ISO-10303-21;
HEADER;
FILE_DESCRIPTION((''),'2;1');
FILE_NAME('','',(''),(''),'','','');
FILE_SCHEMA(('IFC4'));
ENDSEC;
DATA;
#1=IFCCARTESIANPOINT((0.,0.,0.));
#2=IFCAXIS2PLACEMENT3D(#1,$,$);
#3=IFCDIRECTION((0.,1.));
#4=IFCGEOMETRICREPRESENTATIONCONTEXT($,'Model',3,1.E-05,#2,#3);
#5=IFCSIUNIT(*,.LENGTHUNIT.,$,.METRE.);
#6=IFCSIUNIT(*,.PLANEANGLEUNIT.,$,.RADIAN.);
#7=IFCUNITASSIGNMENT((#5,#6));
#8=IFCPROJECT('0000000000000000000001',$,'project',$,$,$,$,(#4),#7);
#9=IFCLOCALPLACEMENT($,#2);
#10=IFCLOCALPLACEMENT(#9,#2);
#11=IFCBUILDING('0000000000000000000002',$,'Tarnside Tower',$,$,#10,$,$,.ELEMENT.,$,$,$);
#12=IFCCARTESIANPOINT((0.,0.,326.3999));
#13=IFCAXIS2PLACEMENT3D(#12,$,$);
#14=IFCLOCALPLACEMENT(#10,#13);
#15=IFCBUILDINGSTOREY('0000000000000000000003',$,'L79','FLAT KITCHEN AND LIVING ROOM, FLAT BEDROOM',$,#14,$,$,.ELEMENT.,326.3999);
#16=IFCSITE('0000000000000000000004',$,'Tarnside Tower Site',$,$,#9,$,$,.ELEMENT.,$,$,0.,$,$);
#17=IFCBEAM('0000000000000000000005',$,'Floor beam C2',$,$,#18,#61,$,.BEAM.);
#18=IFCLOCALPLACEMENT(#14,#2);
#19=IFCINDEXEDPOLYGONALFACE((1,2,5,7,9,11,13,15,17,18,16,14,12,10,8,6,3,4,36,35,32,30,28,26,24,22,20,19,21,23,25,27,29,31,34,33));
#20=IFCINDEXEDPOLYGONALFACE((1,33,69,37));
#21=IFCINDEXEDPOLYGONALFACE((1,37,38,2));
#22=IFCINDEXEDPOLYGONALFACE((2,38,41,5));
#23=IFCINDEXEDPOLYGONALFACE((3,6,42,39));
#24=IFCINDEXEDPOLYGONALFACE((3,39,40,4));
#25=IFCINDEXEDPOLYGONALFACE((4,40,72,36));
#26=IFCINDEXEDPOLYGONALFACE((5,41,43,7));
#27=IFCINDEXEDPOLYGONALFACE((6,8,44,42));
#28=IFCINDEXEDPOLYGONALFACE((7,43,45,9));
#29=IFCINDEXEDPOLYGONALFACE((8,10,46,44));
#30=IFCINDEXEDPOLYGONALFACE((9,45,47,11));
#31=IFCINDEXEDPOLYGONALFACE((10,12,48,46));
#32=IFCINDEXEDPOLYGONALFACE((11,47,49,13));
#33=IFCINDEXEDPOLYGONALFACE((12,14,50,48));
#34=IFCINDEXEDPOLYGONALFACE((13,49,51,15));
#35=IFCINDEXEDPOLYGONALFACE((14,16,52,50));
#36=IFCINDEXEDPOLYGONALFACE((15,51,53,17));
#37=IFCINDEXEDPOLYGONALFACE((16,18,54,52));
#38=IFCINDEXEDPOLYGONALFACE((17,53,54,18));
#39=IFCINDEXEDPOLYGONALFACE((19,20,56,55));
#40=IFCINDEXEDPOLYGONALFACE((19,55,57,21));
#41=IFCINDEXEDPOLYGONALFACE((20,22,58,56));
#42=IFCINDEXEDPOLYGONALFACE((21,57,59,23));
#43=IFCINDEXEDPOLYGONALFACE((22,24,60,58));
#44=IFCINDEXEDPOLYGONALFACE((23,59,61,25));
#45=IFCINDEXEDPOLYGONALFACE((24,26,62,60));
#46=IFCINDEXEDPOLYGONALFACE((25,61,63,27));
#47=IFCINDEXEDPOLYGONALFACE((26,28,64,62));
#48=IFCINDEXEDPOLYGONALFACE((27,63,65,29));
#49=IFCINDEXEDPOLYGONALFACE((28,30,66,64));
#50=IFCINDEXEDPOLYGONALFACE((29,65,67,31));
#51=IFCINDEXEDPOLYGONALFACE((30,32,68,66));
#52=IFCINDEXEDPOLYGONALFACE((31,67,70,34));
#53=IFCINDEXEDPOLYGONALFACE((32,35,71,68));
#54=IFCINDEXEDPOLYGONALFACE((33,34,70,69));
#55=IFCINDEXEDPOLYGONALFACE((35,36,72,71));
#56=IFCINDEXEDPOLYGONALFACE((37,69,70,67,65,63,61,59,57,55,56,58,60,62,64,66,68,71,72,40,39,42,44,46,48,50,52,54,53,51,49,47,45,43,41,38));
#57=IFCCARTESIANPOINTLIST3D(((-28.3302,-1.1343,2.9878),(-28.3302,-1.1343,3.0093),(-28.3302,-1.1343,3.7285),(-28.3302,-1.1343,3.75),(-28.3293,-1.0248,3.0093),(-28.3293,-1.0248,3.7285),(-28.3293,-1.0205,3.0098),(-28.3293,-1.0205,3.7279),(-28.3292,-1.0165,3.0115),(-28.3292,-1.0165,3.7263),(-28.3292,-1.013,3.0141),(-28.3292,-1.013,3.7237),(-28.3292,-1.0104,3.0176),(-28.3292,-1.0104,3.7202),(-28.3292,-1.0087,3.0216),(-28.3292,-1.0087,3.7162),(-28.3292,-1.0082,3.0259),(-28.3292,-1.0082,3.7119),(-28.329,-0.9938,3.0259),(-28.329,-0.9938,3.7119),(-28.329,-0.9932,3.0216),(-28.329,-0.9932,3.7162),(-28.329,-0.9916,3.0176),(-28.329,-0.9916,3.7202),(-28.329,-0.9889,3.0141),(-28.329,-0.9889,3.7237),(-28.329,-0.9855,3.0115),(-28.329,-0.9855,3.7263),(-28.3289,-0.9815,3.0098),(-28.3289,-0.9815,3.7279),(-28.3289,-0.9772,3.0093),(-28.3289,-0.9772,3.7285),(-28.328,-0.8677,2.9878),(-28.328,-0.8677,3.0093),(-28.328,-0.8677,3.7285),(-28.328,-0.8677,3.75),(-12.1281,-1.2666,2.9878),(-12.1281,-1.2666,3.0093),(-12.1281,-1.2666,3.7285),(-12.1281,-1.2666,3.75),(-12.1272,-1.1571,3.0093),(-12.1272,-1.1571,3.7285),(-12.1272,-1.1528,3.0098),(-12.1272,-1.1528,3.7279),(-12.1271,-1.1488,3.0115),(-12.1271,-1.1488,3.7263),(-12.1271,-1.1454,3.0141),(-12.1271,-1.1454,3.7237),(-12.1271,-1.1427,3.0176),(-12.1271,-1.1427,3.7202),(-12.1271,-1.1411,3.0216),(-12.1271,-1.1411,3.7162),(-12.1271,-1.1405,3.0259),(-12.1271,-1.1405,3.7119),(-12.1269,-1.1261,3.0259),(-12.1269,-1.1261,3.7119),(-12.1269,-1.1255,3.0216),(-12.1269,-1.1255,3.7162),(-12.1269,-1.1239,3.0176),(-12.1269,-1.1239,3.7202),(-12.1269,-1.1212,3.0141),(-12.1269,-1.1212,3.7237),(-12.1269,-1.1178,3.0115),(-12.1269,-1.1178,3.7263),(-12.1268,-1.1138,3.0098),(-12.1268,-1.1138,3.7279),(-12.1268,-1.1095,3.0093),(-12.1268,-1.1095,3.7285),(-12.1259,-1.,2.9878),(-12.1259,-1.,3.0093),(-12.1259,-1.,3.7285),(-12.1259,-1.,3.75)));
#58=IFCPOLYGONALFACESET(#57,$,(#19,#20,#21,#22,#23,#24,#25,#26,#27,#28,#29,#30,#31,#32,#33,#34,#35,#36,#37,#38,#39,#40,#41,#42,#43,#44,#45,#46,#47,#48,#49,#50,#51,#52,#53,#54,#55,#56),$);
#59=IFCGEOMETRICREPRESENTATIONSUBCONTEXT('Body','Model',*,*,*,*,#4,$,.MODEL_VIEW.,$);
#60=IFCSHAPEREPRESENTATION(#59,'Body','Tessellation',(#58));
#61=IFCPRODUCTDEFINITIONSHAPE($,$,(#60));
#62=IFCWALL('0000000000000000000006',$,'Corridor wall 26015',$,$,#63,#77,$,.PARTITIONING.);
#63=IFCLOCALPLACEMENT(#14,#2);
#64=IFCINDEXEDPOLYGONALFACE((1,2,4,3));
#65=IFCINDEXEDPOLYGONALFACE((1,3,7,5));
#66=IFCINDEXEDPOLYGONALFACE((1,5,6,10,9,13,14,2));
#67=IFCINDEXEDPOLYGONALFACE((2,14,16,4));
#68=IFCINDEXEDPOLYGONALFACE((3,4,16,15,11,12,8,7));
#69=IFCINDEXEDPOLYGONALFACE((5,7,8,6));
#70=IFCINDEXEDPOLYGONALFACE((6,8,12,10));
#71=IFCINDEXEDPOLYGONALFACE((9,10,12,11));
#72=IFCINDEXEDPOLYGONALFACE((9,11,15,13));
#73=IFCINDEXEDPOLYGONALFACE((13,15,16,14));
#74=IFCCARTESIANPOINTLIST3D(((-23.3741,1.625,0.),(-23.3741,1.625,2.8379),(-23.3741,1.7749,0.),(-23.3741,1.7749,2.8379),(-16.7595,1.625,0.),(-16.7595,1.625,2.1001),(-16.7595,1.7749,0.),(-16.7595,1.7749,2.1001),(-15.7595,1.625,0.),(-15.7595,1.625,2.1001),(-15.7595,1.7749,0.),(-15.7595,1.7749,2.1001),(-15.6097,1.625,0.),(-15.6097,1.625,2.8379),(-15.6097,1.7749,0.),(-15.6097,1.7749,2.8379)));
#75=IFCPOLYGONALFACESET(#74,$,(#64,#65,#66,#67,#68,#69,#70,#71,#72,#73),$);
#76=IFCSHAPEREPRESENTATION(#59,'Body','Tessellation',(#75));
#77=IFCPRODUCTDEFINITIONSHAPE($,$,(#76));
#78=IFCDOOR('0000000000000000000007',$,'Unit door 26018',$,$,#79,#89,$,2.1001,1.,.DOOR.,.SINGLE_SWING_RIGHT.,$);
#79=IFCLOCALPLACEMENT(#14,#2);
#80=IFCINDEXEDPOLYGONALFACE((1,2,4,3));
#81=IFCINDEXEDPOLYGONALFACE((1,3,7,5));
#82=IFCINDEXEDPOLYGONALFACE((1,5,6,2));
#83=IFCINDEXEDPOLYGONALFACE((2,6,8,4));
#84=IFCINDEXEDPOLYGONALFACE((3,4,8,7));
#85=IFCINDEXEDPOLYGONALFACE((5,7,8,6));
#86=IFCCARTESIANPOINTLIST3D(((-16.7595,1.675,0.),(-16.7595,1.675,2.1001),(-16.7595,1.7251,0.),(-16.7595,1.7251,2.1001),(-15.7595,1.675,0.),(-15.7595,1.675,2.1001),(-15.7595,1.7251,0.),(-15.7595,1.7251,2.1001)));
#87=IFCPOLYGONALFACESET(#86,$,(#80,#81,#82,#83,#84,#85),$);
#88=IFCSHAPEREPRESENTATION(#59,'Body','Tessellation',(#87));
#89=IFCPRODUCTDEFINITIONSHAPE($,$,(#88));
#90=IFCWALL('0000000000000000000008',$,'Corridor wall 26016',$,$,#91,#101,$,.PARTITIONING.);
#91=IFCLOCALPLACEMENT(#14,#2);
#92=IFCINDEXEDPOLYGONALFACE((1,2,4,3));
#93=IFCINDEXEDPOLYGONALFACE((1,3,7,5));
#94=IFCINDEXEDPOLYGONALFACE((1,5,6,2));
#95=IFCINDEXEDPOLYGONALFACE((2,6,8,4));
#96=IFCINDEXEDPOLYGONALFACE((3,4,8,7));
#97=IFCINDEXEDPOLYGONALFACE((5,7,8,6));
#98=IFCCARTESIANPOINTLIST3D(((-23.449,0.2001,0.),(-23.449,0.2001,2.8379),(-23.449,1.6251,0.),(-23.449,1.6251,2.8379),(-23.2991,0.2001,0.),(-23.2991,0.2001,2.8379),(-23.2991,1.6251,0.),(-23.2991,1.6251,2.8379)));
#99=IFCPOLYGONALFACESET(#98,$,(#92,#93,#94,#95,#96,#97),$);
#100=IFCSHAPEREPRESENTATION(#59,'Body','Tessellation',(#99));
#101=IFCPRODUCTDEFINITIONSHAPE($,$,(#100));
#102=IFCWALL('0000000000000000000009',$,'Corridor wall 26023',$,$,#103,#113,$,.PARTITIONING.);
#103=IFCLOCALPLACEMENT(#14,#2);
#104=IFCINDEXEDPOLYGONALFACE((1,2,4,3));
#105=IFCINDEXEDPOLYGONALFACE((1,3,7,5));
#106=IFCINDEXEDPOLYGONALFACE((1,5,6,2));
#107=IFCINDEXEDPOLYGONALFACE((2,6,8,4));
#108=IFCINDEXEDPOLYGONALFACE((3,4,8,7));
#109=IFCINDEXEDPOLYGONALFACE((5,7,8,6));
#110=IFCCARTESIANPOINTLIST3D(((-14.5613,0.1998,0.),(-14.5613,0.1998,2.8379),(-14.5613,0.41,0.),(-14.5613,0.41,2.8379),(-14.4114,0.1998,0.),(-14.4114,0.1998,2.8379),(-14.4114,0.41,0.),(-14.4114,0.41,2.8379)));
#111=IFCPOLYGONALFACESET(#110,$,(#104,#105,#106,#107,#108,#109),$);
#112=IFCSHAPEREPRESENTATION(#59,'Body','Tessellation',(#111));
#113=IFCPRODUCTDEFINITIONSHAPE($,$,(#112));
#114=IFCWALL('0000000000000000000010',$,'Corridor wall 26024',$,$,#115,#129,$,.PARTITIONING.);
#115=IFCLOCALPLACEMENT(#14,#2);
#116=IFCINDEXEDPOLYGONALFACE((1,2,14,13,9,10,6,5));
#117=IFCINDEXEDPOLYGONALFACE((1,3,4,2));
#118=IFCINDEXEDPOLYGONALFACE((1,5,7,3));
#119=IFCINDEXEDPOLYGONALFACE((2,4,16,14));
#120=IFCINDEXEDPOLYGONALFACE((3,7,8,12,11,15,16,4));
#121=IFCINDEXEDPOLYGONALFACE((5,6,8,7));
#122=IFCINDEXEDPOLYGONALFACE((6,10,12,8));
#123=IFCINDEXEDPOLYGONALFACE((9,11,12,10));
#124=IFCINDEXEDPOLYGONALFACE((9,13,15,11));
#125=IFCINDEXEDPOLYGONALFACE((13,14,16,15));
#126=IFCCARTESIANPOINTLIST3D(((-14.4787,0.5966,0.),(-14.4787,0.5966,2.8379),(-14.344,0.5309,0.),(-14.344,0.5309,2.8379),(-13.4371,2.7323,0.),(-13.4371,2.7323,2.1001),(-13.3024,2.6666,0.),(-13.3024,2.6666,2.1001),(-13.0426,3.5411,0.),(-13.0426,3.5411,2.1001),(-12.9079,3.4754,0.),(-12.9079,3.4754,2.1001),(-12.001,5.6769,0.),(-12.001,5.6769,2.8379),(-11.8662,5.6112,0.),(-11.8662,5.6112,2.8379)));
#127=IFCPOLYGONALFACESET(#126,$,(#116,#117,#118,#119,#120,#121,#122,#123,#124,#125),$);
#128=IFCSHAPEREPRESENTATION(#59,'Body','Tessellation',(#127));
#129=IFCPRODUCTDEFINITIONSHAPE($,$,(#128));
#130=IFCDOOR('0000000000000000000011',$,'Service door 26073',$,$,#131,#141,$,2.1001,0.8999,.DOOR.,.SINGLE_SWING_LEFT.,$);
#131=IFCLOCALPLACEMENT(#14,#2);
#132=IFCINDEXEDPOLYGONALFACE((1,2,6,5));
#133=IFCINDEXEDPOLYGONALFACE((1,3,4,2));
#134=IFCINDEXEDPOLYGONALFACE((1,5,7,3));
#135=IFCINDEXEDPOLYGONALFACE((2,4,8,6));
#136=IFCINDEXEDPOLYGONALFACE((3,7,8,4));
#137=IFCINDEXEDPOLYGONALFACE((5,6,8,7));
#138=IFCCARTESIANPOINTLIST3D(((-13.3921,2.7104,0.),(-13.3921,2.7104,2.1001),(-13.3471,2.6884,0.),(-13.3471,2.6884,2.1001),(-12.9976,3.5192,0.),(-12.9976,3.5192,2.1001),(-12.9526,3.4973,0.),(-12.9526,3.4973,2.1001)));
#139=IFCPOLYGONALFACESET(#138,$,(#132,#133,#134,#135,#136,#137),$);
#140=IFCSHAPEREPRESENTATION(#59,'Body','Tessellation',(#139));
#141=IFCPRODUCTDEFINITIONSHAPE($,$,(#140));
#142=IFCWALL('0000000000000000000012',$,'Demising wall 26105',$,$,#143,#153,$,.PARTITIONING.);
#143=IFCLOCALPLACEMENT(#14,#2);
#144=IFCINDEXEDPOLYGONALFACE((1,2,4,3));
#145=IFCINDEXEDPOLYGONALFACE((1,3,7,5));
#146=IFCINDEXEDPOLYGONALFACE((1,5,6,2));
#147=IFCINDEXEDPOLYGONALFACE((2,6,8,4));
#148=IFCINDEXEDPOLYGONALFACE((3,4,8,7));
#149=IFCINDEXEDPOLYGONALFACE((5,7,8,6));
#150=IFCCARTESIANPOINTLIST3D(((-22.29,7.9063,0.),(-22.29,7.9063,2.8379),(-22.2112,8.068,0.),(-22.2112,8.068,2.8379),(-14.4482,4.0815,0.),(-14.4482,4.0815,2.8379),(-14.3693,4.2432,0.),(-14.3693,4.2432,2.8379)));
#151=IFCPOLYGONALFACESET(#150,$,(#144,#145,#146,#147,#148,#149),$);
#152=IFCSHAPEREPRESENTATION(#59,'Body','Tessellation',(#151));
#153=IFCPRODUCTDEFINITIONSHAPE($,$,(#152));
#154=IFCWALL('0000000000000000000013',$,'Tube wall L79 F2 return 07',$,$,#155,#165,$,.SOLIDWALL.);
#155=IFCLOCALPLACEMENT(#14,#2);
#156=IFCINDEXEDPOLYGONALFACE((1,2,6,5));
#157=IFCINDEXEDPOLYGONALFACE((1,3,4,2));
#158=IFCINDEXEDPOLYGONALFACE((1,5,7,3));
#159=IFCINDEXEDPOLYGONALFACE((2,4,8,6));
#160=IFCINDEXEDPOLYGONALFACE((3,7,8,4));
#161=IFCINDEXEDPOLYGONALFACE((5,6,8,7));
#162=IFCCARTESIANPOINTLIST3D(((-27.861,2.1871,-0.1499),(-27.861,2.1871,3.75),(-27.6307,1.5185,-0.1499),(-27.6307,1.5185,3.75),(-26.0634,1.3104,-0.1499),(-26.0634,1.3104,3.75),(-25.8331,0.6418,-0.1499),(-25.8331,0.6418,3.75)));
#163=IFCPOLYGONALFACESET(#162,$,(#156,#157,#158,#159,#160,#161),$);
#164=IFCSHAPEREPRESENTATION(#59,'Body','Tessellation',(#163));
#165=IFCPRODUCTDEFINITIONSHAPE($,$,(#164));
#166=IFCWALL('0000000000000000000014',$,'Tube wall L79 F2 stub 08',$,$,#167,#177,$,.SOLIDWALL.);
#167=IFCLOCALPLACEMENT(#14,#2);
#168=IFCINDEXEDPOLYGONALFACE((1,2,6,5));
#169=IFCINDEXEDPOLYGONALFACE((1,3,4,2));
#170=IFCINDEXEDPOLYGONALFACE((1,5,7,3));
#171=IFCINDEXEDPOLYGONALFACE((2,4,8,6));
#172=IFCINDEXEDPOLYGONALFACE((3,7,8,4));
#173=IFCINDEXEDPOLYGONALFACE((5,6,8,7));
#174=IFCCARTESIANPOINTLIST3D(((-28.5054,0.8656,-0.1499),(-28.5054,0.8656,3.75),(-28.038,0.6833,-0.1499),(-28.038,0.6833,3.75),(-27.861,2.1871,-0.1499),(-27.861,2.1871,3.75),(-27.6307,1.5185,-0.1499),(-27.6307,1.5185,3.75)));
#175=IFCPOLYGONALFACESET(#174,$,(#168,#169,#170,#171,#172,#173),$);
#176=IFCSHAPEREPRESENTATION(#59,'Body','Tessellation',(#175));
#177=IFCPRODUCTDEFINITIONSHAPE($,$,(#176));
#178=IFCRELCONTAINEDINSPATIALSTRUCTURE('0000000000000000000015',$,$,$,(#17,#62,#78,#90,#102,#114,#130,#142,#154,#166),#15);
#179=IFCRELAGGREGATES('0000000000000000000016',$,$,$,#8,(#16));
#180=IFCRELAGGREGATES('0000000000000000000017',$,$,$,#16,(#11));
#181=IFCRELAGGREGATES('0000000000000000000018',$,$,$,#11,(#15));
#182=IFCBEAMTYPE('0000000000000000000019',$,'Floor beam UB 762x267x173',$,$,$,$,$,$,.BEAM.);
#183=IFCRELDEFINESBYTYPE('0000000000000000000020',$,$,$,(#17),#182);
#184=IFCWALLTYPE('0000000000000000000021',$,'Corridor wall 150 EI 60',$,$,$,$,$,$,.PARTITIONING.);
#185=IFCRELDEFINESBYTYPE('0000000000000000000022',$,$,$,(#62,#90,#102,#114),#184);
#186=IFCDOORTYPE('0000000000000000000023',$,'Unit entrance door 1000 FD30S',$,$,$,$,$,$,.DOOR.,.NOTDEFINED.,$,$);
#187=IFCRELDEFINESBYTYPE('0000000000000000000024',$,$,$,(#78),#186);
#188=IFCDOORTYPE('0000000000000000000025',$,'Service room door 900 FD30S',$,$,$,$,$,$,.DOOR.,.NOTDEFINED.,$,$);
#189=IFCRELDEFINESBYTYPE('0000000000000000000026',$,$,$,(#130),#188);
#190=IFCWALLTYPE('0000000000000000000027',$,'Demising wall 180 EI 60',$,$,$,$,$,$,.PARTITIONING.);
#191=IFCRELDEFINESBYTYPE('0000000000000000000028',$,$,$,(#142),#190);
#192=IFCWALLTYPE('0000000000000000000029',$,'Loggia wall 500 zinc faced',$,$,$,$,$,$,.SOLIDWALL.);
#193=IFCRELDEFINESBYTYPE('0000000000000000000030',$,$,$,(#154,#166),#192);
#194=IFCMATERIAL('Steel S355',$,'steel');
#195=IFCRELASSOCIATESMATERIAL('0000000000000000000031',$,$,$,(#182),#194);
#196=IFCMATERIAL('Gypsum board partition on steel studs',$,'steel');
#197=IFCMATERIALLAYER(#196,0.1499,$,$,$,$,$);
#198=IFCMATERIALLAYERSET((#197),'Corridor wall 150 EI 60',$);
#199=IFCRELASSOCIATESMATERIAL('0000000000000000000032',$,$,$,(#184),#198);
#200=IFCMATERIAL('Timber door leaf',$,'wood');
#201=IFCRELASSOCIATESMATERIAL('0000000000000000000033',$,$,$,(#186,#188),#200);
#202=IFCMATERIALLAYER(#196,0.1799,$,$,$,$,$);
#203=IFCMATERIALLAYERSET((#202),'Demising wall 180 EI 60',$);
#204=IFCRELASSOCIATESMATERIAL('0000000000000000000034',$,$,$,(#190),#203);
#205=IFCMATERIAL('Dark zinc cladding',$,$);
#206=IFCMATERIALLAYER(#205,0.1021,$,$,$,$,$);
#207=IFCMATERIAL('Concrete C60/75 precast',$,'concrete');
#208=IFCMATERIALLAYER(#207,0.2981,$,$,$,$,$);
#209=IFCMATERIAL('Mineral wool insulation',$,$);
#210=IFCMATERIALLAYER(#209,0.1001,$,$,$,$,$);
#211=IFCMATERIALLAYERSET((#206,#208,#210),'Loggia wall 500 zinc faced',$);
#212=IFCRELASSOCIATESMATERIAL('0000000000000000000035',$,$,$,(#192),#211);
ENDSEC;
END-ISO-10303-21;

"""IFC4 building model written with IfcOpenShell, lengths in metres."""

from ifc_helpers import new_model, si_unit, direction, frame, frame_2d, origin, origin_2d, place, context, subcontext, project, spatial, polyline, rectangle, i_section, outline, extrude, material, layer, layer_set, material_profile, profile_set, type_object, element, fill, save


model = new_model("IFC4")

# Units and contexts
model_context = context("Model", 3, precision=1e-05, world=origin(), true_north=direction((0.0, 1.0)))
body_context = subcontext(model_context, "Body", "Model", "MODEL_VIEW")
ifc_project = project(units=[si_unit("LENGTHUNIT", "METRE"), si_unit("PLANEANGLEUNIT", "RADIAN")], contexts=[model_context])

# Site, building, storey
site_placement = place(None, origin())
site = spatial("IfcSite", under=ifc_project, at=site_placement, Name="Tarnside Tower Site", CompositionType="ELEMENT", RefElevation=0.0)
building_placement = place(site_placement, origin())
building = spatial("IfcBuilding", under=site, at=building_placement, Name="Tarnside Tower", CompositionType="ELEMENT")
storey_placement = place(building_placement, frame((0.0, 0.0, 326.3999)))
storey = spatial("IfcBuildingStorey", under=building, at=storey_placement, Name="L79", Description="FLAT KITCHEN AND LIVING ROOM, FLAT BEDROOM", CompositionType="ELEMENT", Elevation=326.3999)

# Beam
ifc_material_1 = material(Name="Steel S355", Category="steel")
ifc_material_profile_1 = material_profile(ifc_material_1, i_section(OverallWidth=0.2666, OverallDepth=0.7622, WebThickness=0.0144, FlangeThickness=0.0215, FilletRadius=0.0166, at=origin_2d()), Name="UB 762x267x173")
ifc_profile_set_1 = profile_set([ifc_material_profile_1], Name="Steel S355")
beam_type_1 = type_object("IfcBeamType", Name="Floor beam UB 762x267x173", PredefinedType="BEAM", material=ifc_profile_set_1)
beam_1_placement = place(storey_placement, frame((-28.3291, -1.001, 3.3689), z_axis=(0.999967, -0.008167, 0.0), x_axis=(0.008167, 0.999967, 0.0)))
element("IfcBeam", 1, at=beam_1_placement, inside=storey, type_object=beam_type_1, Name="Floor beam C2", PredefinedType="BEAM", context=body_context, shape_type="SweptSolid", body=[
    extrude(i_section(OverallWidth=0.2666, OverallDepth=0.7622, WebThickness=0.0144, FlangeThickness=0.0215, FilletRadius=0.0166, at=origin_2d()), origin(), (0.0, 0.0, 1.0), 16.2026),
])

# Wall, opening, door
ifc_material_2 = material(Name="Gypsum board partition on steel studs", Category="steel")
ifc_layer_1 = layer(ifc_material_2, 0.1499)
ifc_layer_set_1 = layer_set([ifc_layer_1], Name="Corridor wall 150 EI 60")
wall_type_1 = type_object("IfcWallType", Name="Corridor wall 150 EI 60", PredefinedType="PARTITIONING", material=ifc_layer_set_1)
wall_1_placement = place(storey_placement, frame((-15.6096, 1.7, 0.0), z_axis=(0.0, 0.0, 1.0), x_axis=(-1.0, 0.0, 0.0)))
wall_1 = element("IfcWall", 2, at=wall_1_placement, inside=storey, type_object=wall_type_1, Name="Corridor wall 26015", PredefinedType="PARTITIONING", context=body_context, shape_type="SweptSolid", body=[
    extrude(rectangle(XDim=7.7644, YDim=0.1499, at=frame_2d((3.8823, 0.0))), origin(), (0.0, 0.0, 1.0), 2.8379),
])
opening_1_placement = place(wall_1_placement, frame((0.1499, 0.0, 0.0)))
opening_1 = element("IfcOpeningElement", 3, at=opening_1_placement, cuts=wall_1, PredefinedType="OPENING", context=body_context, shape_type="SweptSolid", body=[
    extrude(rectangle(XDim=1.0, YDim=2.1001, at=frame_2d((0.5, 1.05))), frame((0.0, 0.085, 0.0), z_axis=(0.0, -1.0, 0.0), x_axis=(1.0, 0.0, 0.0)), (0.0, 0.0, 1.0), 0.1699),
])
ifc_material_3 = material(Name="Timber door leaf", Category="wood")
door_type_1 = type_object("IfcDoorType", Name="Unit entrance door 1000 FD30S", OperationType="NOTDEFINED", PredefinedType="DOOR", material=ifc_material_3)
door_1_placement = place(opening_1_placement, origin())
door_1 = element("IfcDoor", 4, at=door_1_placement, inside=storey, type_object=door_type_1, Name="Unit door 26018", OperationType="SINGLE_SWING_RIGHT", OverallHeight=2.1001, OverallWidth=1.0, PredefinedType="DOOR", context=body_context, shape_type="SweptSolid", body=[
    extrude(rectangle(XDim=1.0, YDim=2.1001, at=frame_2d((0.5, 1.05))), frame((0.0, 0.0249, 0.0), z_axis=(0.0, -1.0, 0.0), x_axis=(1.0, 0.0, 0.0)), (0.0, 0.0, 1.0), 0.05),
])
fill(opening_1, door_1)

# Walls
wall_2_placement = place(storey_placement, frame((-23.374, 1.625, 0.0), z_axis=(0.0, 0.0, 1.0), x_axis=(0.0, -1.0, 0.0)))
element("IfcWall", 5, at=wall_2_placement, inside=storey, type_object=wall_type_1, Name="Corridor wall 26016", PredefinedType="PARTITIONING", context=body_context, shape_type="SweptSolid", body=[
    extrude(rectangle(XDim=1.425, YDim=0.1499, at=frame_2d((0.7124, 0.0))), origin(), (0.0, 0.0, 1.0), 2.8379),
])
wall_3_placement = place(storey_placement, frame((-14.4863, 0.2, 0.0), z_axis=(0.0, 0.0, 1.0), x_axis=(0.0, 1.0, 0.0)))
element("IfcWall", 6, at=wall_3_placement, inside=storey, type_object=wall_type_1, Name="Corridor wall 26023", PredefinedType="PARTITIONING", context=body_context, shape_type="SweptSolid", body=[
    extrude(rectangle(XDim=0.2102, YDim=0.1499, at=frame_2d((0.105, 0.0))), origin(), (0.0, 0.0, 1.0), 2.8379),
])

# Wall, opening, door
wall_4_placement = place(storey_placement, frame((-14.4114, 0.5637, 0.0), z_axis=(0.0, 0.0, 1.0), x_axis=(0.438363, 0.898798, 0.0)))
wall_4 = element("IfcWall", 7, at=wall_4_placement, inside=storey, type_object=wall_type_1, Name="Corridor wall 26024", PredefinedType="PARTITIONING", context=body_context, shape_type="SweptSolid", body=[
    extrude(rectangle(XDim=5.6523, YDim=0.1499, at=frame_2d((2.8262, 0.0))), origin(), (0.0, 0.0, 1.0), 2.8379),
])
opening_2_placement = place(wall_4_placement, frame((2.3762, 0.0, 0.0)))
opening_2 = element("IfcOpeningElement", 8, at=opening_2_placement, cuts=wall_4, PredefinedType="OPENING", context=body_context, shape_type="SweptSolid", body=[
    extrude(rectangle(XDim=0.8999, YDim=2.1001, at=frame_2d((0.45, 1.05))), frame((0.0, 0.085, 0.0), z_axis=(0.0, -1.0, 0.0), x_axis=(1.0, 0.0, 0.0)), (0.0, 0.0, 1.0), 0.1699),
])
door_type_2 = type_object("IfcDoorType", Name="Service room door 900 FD30S", OperationType="NOTDEFINED", PredefinedType="DOOR", material=ifc_material_3)
door_2_placement = place(opening_2_placement, origin())
door_2 = element("IfcDoor", 9, at=door_2_placement, inside=storey, type_object=door_type_2, Name="Service door 26073", OperationType="SINGLE_SWING_LEFT", OverallHeight=2.1001, OverallWidth=0.8999, PredefinedType="DOOR", context=body_context, shape_type="SweptSolid", body=[
    extrude(rectangle(XDim=0.8999, YDim=2.1001, at=frame_2d((0.45, 1.05))), frame((0.0, 0.0249, 0.0), z_axis=(0.0, -1.0, 0.0), x_axis=(1.0, 0.0, 0.0)), (0.0, 0.0, 1.0), 0.05),
])
fill(opening_2, door_2)

# Walls
ifc_layer_2 = layer(ifc_material_2, 0.1799)
ifc_layer_set_2 = layer_set([ifc_layer_2], Name="Demising wall 180 EI 60")
wall_type_2 = type_object("IfcWallType", Name="Demising wall 180 EI 60", PredefinedType="PARTITIONING", material=ifc_layer_set_2)
wall_5_placement = place(storey_placement, frame((-22.2505, 7.9871, 0.0), z_axis=(0.0, 0.0, 1.0), x_axis=(0.898794, -0.438372, 0.0)))
element("IfcWall", 10, at=wall_5_placement, inside=storey, type_object=wall_type_2, Name="Demising wall 26105", PredefinedType="PARTITIONING", context=body_context, shape_type="SweptSolid", body=[
    extrude(rectangle(XDim=8.7249, YDim=0.1799, at=frame_2d((4.3623, 0.0))), origin(), (0.0, 0.0, 1.0), 2.8379),
])
ifc_material_4 = material(Name="Dark zinc cladding")
ifc_layer_3 = layer(ifc_material_4, 0.1021)
ifc_material_5 = material(Name="Concrete C60/75 precast", Category="concrete")
ifc_layer_4 = layer(ifc_material_5, 0.2981)
ifc_material_6 = material(Name="Mineral wool insulation")
ifc_layer_5 = layer(ifc_material_6, 0.1001)
ifc_layer_set_3 = layer_set([ifc_layer_3, ifc_layer_4, ifc_layer_5], Name="Loggia wall 500 zinc faced")
wall_type_3 = type_object("IfcWallType", Name="Loggia wall 500 zinc faced", PredefinedType="SOLIDWALL", material=ifc_layer_set_3)
wall_6_placement = place(storey_placement, frame((-25.9482, 0.9761, -0.1499), z_axis=(0.0, 0.0, 1.0), x_axis=(-0.898802, 0.438354, 0.0)))
element("IfcWall", 11, at=wall_6_placement, inside=storey, type_object=wall_type_3, Name="Tube wall L79 F2 return 07", PredefinedType="SOLIDWALL", context=body_context, shape_type="SweptSolid", body=[
    extrude(outline(polyline([(0.25, -0.25), (2.25, -0.25), (1.75, 0.25), (-0.25, 0.25), (0.25, -0.25)])), origin(), (0.0, 0.0, 1.0), 3.8999),
])
wall_7_placement = place(storey_placement, frame((-27.7458, 1.8528, -0.1499), z_axis=(0.0, 0.0, 1.0), x_axis=(-0.438319, -0.898819, 0.0)))
element("IfcWall", 12, at=wall_7_placement, inside=storey, type_object=wall_type_3, Name="Tube wall L79 F2 stub 08", PredefinedType="SOLIDWALL", context=body_context, shape_type="SweptSolid", body=[
    extrude(outline(polyline([(-0.25, -0.25), (1.2202, -0.25), (1.1792, 0.25), (0.25, 0.25), (-0.25, -0.25)])), origin(), (0.0, 0.0, 1.0), 3.8999),
])

save(model, "model.ifc")
